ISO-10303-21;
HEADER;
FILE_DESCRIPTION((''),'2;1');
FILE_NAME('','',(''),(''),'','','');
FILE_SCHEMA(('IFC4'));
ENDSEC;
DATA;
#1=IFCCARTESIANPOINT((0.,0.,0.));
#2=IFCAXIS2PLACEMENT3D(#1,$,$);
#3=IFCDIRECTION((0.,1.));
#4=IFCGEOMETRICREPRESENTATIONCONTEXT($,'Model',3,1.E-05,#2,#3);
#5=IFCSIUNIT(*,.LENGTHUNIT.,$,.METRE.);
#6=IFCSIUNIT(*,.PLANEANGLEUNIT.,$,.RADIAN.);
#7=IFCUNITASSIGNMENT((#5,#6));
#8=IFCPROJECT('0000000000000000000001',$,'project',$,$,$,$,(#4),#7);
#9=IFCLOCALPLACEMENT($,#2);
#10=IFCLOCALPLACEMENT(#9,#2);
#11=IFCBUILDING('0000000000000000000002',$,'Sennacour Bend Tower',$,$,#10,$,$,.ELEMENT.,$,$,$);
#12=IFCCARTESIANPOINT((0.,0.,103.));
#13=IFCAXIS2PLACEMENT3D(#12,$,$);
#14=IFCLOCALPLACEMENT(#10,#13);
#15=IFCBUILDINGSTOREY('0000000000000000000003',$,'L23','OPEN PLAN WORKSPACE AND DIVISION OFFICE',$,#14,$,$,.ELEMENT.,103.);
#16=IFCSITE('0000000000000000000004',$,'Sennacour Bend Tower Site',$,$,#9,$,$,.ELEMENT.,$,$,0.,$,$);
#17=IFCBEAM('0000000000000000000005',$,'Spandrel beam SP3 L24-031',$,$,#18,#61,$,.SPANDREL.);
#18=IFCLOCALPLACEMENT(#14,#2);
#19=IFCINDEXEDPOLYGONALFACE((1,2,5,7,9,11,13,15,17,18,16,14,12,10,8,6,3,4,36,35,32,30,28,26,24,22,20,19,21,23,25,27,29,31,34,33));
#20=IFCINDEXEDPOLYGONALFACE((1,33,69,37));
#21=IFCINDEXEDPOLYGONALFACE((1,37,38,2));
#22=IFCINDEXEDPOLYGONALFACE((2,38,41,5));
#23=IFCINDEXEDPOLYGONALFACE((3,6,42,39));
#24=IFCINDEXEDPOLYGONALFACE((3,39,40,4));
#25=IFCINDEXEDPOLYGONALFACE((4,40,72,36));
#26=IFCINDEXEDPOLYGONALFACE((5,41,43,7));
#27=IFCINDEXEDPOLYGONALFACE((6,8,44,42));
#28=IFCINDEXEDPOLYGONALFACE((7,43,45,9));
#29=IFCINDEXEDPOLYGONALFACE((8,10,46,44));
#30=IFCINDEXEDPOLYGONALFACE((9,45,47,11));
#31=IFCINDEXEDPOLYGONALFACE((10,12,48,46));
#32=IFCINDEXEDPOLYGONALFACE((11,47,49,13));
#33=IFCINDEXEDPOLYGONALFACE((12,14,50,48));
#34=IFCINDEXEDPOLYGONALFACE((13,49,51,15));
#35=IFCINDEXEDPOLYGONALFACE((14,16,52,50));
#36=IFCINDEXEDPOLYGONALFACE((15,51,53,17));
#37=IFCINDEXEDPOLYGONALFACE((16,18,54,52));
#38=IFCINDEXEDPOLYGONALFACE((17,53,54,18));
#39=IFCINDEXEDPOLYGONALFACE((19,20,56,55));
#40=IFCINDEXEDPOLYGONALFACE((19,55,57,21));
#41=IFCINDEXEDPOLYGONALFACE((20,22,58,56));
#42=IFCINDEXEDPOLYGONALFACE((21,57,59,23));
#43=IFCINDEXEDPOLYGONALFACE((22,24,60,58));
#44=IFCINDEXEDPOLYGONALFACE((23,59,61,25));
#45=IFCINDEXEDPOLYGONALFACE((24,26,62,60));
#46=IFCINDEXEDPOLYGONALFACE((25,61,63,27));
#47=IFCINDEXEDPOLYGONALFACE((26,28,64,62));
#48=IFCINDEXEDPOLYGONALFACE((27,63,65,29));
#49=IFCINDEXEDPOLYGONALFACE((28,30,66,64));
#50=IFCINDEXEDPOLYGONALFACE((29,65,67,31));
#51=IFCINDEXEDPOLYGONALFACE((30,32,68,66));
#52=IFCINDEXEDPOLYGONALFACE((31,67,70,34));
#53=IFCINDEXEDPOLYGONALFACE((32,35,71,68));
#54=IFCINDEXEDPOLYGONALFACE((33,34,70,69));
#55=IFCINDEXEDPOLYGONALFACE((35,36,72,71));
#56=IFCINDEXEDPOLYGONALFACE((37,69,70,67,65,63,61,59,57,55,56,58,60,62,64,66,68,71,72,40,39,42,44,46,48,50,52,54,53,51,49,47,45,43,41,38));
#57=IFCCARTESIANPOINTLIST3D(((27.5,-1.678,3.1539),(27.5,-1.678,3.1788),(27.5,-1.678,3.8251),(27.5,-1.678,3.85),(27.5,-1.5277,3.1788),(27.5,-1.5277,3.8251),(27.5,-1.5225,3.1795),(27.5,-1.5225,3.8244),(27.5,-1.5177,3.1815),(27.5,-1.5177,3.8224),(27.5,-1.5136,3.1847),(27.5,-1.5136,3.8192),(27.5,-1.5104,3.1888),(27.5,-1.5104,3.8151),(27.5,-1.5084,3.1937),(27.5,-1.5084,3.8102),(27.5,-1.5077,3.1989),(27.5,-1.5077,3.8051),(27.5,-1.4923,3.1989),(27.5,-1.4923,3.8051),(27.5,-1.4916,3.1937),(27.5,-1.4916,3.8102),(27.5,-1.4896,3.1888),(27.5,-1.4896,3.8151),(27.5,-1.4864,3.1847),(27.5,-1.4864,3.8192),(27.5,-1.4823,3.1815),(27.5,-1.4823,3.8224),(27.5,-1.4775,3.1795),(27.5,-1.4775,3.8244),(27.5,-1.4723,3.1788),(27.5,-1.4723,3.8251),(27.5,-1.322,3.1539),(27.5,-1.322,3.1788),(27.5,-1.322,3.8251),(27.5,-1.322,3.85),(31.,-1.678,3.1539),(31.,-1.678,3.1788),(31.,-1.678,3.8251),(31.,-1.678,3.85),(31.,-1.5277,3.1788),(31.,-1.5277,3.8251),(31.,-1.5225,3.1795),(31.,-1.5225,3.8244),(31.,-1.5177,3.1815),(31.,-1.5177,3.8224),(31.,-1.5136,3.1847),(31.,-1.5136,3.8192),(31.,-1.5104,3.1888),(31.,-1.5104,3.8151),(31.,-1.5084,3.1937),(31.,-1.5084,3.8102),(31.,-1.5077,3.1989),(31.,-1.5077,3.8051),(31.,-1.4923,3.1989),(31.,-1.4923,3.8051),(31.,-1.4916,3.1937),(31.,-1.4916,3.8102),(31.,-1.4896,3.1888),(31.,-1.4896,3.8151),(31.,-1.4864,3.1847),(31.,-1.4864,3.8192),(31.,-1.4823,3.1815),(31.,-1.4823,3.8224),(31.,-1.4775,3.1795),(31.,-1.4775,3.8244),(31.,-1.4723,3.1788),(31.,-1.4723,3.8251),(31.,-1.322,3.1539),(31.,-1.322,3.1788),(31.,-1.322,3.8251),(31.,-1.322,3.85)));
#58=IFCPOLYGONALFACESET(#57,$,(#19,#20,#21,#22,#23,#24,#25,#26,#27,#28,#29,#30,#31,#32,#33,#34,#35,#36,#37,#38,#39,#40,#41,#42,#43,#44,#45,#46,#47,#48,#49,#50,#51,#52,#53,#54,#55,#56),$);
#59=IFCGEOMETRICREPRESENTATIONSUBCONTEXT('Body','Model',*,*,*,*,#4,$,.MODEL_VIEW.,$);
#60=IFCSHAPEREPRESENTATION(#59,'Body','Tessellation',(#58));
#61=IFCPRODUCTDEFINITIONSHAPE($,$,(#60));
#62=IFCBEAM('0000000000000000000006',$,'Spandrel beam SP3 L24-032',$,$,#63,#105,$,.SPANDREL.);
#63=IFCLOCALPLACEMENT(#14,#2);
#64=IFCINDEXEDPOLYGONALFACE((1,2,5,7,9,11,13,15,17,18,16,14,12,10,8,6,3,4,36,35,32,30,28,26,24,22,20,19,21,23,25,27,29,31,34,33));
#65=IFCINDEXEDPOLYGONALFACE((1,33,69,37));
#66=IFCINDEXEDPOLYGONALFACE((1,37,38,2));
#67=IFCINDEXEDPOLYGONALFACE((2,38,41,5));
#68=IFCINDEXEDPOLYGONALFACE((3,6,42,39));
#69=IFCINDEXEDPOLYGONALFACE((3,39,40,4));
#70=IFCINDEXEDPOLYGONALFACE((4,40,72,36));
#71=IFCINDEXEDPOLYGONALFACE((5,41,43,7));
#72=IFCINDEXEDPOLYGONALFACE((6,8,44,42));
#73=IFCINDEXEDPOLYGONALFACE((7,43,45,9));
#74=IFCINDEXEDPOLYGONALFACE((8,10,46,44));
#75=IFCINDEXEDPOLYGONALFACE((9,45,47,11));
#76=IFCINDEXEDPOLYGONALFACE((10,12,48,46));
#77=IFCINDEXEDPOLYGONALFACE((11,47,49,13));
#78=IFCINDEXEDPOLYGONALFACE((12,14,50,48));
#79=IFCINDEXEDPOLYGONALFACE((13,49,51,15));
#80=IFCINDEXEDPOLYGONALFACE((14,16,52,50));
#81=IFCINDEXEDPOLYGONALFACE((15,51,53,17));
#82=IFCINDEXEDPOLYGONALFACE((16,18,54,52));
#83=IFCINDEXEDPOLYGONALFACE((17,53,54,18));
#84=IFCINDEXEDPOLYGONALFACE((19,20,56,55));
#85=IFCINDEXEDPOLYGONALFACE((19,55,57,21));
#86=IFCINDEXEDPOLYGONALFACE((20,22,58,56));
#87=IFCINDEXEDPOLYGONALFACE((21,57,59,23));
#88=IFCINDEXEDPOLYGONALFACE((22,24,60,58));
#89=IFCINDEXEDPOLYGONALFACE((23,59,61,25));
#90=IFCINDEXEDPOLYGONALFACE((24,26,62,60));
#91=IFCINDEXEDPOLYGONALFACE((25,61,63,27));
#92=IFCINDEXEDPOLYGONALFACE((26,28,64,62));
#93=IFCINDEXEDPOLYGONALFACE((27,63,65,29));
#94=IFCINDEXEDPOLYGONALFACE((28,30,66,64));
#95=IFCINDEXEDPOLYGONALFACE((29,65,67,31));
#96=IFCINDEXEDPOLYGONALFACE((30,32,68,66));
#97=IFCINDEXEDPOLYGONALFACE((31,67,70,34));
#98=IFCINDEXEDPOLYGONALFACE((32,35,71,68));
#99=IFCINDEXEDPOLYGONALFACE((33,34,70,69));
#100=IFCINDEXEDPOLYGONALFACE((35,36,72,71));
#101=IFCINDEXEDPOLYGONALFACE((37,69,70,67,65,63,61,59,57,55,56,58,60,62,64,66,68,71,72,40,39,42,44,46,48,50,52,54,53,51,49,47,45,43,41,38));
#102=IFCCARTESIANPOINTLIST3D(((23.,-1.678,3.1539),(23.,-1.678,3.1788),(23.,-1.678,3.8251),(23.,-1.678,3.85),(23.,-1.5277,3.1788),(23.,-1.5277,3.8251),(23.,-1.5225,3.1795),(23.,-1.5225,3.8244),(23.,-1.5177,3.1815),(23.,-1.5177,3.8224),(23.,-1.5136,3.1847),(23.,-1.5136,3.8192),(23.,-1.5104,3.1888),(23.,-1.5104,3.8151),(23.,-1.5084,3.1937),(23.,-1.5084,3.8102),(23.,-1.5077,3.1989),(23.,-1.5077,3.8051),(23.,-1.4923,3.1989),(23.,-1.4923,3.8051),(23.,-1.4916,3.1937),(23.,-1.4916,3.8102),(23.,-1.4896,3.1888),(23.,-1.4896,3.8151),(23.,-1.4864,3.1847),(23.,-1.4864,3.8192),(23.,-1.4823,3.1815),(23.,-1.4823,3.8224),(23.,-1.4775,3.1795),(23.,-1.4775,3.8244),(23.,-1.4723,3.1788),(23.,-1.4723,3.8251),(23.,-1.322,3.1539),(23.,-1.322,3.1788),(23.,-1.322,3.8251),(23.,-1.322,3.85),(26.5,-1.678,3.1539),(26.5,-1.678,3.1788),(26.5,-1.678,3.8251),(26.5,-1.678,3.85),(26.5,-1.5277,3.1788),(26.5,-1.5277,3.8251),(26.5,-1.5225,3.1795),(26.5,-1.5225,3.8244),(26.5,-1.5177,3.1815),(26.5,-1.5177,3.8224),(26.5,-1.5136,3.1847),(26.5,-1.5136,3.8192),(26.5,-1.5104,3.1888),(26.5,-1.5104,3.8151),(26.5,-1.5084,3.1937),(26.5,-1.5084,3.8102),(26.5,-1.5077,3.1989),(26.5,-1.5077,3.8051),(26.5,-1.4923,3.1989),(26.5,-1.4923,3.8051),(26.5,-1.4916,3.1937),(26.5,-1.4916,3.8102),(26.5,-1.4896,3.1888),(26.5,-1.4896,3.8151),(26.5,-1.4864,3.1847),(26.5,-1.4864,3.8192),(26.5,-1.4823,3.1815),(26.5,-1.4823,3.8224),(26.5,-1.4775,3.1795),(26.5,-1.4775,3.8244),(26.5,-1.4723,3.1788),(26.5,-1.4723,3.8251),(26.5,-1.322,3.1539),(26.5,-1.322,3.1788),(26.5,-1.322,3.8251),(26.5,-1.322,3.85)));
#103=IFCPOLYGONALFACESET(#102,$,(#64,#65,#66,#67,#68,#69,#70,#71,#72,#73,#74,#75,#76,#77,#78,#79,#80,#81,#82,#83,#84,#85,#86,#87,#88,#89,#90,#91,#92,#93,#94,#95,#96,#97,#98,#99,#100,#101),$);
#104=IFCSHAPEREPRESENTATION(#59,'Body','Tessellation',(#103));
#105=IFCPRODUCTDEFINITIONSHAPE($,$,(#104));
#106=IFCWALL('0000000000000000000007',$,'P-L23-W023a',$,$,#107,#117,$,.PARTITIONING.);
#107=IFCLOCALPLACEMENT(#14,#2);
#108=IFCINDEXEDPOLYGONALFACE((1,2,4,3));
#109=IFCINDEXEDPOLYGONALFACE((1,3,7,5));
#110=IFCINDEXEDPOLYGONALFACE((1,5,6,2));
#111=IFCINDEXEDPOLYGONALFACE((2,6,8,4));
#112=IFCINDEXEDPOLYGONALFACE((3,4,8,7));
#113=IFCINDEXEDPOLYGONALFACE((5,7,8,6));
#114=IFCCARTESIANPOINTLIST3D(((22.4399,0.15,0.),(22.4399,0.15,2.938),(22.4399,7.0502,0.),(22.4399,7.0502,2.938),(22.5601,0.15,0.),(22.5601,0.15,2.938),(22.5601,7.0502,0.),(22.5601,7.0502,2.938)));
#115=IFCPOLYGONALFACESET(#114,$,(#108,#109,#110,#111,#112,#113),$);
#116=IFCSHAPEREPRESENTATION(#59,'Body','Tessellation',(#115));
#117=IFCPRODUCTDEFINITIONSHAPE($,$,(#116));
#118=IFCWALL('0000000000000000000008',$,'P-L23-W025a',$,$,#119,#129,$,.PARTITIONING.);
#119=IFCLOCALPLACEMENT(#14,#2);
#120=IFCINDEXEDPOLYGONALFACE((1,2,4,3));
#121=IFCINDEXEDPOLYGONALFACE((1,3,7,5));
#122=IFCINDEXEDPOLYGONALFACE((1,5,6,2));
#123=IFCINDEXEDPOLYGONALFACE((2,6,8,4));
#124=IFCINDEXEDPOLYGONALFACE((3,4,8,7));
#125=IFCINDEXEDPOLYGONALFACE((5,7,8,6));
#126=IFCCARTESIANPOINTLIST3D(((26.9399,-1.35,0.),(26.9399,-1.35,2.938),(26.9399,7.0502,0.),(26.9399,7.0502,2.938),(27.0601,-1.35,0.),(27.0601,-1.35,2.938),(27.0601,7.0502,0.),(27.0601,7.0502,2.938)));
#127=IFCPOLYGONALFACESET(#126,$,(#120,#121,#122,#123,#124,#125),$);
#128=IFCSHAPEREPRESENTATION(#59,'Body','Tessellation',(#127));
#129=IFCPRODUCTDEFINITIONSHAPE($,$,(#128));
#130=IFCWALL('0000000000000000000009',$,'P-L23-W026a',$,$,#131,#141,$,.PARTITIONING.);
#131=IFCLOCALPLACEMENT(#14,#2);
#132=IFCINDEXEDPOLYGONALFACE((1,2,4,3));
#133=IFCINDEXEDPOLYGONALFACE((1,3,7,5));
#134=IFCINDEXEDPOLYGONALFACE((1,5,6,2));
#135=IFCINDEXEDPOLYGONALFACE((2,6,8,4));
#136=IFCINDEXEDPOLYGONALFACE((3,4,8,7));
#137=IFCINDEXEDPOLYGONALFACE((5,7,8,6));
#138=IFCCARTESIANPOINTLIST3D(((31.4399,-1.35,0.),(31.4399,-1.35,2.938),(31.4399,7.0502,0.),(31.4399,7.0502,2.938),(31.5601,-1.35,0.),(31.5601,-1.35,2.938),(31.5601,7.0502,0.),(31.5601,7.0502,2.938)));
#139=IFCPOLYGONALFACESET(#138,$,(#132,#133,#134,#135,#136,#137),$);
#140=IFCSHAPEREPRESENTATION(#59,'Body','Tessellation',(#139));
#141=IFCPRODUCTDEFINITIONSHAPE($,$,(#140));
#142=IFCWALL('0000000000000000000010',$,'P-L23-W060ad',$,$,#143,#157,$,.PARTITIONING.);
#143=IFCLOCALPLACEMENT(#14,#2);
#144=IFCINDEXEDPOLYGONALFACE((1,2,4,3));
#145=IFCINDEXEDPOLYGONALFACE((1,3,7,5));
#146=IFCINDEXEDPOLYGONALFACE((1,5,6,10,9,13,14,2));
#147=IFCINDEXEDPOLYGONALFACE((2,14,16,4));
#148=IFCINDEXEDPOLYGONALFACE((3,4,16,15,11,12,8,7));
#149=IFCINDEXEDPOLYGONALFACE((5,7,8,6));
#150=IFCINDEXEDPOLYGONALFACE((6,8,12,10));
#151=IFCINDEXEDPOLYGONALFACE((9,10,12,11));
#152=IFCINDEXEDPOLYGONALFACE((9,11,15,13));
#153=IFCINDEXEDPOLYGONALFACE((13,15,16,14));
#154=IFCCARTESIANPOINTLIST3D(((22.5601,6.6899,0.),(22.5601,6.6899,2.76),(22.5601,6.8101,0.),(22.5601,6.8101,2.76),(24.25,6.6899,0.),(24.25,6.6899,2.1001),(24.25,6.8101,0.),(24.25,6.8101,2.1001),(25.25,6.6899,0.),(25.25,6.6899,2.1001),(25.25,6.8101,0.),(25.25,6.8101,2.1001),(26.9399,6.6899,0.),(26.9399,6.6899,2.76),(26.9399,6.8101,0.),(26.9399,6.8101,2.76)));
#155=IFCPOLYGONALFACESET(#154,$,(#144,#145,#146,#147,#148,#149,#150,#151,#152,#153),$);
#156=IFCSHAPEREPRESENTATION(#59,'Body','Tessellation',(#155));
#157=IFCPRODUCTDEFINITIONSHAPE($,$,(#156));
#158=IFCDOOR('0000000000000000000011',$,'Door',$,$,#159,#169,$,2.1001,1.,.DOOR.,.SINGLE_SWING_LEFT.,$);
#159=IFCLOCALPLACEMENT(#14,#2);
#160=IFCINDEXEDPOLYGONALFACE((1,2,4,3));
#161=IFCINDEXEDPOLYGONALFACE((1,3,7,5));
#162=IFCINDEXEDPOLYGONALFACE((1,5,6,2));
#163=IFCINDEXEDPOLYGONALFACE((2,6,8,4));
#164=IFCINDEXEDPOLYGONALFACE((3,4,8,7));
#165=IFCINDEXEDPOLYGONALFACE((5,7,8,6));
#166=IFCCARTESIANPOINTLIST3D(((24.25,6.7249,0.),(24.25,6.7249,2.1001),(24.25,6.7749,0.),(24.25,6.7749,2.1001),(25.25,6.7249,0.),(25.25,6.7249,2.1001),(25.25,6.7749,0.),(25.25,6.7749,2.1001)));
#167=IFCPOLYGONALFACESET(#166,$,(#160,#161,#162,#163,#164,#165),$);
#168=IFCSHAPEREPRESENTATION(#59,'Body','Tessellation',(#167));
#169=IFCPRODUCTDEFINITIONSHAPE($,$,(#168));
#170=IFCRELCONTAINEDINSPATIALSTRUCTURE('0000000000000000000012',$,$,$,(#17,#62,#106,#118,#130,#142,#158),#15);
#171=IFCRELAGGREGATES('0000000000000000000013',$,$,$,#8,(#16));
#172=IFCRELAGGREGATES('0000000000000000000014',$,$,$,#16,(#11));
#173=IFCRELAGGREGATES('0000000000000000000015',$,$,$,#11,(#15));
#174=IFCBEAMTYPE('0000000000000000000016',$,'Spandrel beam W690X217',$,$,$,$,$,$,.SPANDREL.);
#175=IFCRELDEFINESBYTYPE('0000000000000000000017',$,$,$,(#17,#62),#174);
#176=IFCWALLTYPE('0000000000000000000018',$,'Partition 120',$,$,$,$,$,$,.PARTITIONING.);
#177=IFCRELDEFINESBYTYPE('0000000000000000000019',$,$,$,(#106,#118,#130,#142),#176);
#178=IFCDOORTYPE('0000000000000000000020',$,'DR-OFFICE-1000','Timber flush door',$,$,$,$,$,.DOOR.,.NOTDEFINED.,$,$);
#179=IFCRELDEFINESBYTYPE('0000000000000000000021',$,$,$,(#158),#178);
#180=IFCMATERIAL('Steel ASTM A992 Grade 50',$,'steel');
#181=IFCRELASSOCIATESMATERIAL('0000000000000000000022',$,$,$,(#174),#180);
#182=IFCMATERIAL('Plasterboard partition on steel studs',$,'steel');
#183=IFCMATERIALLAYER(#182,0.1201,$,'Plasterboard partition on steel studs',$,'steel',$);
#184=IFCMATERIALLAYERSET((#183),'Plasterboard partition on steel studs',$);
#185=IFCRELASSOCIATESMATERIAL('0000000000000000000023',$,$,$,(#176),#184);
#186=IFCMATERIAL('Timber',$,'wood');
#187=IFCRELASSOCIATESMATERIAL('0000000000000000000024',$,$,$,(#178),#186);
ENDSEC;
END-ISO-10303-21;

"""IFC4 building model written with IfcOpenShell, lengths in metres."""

from ifc_helpers import new_model, si_unit, direction, frame, frame_2d, origin, origin_2d, place, context, subcontext, project, spatial, rectangle, i_section, extrude, material, layer, layer_set, material_profile, profile_set, type_object, element, fill, save


model = new_model("IFC4")

# Units and contexts
model_context = context("Model", 3, precision=1e-05, world=origin(), true_north=direction((0.0, 1.0)))
body_context = subcontext(model_context, "Body", "Model", "MODEL_VIEW")
ifc_project = project(units=[si_unit("LENGTHUNIT", "METRE"), si_unit("PLANEANGLEUNIT", "RADIAN")], contexts=[model_context])

# Site, building, storey
site_placement = place(None, origin())
site = spatial("IfcSite", under=ifc_project, at=site_placement, Name="Sennacour Bend Tower Site", CompositionType="ELEMENT", RefElevation=0.0)
building_placement = place(site_placement, origin())
building = spatial("IfcBuilding", under=site, at=building_placement, Name="Sennacour Bend Tower", CompositionType="ELEMENT")
storey_placement = place(building_placement, frame((0.0, 0.0, 103.0)))
storey = spatial("IfcBuildingStorey", under=building, at=storey_placement, Name="L23", Description="OPEN PLAN WORKSPACE AND DIVISION OFFICE", CompositionType="ELEMENT", Elevation=103.0)

# Beams
ifc_material_1 = material(Name="Steel ASTM A992 Grade 50", Category="steel")
ifc_material_profile_1 = material_profile(ifc_material_1, i_section(OverallWidth=0.356, OverallDepth=0.696, WebThickness=0.0154, FlangeThickness=0.0249, FilletRadius=0.02, at=origin_2d()), Name="Steel ASTM A992 Grade 50", Category="steel")
ifc_profile_set_1 = profile_set([ifc_material_profile_1], Name="Steel ASTM A992 Grade 50")
beam_type_1 = type_object("IfcBeamType", Name="Spandrel beam W690X217", PredefinedType="SPANDREL", material=ifc_profile_set_1)
for number, where, z_axis, x_axis, name in (
    (1, (31.0, -1.5, 3.502), (-1.0, 0.0, 0.0), (0.0, -1.0, 0.0), "Spandrel beam SP3 L24-031"),
    (2, (26.5, -1.5, 3.502), (-1.0, 0.0, 0.0), (0.0, -1.0, 0.0), "Spandrel beam SP3 L24-032"),
):
    element("IfcBeam", number, at=place(storey_placement, frame(where, z_axis=z_axis, x_axis=x_axis)), inside=storey, type_object=beam_type_1, Name=name, PredefinedType="SPANDREL", context=body_context, shape_type="SweptSolid", body=[
        extrude(i_section(OverallWidth=0.356, OverallDepth=0.696, WebThickness=0.0154, FlangeThickness=0.0249, FilletRadius=0.02, at=origin_2d()), origin(), (0.0, 0.0, 1.0), 3.5),
    ])

# Walls
ifc_material_2 = material(Name="Plasterboard partition on steel studs", Category="steel")
ifc_layer_1 = layer(ifc_material_2, 0.1201, Name="Plasterboard partition on steel studs", Category="steel")
ifc_layer_set_1 = layer_set([ifc_layer_1], Name="Plasterboard partition on steel studs")
wall_type_1 = type_object("IfcWallType", Name="Partition 120", PredefinedType="PARTITIONING", material=ifc_layer_set_1)
wall_1_placement = place(storey_placement, frame((22.5, 0.1499, 0.0), z_axis=(0.0, 0.0, 1.0), x_axis=(0.0, 1.0, 0.0)))
element("IfcWall", 3, at=wall_1_placement, inside=storey, type_object=wall_type_1, Name="P-L23-W023a", PredefinedType="PARTITIONING", context=body_context, shape_type="SweptSolid", body=[
    extrude(rectangle(XDim=6.9001, YDim=0.1201, at=frame_2d((3.4502, 0.0))), origin(), (0.0, 0.0, 1.0), 2.938),
])
for number, where, z_axis, x_axis, name in (
    (4, (27.0, -1.3501, 0.0), (0.0, 0.0, 1.0), (0.0, 1.0, 0.0), "P-L23-W025a"),
    (5, (31.5, -1.3501, 0.0), (0.0, 0.0, 1.0), (0.0, 1.0, 0.0), "P-L23-W026a"),
):
    element("IfcWall", number, at=place(storey_placement, frame(where, z_axis=z_axis, x_axis=x_axis)), inside=storey, type_object=wall_type_1, Name=name, PredefinedType="PARTITIONING", context=body_context, shape_type="SweptSolid", body=[
        extrude(rectangle(XDim=8.4001, YDim=0.1201, at=frame_2d((4.2002, 0.0))), origin(), (0.0, 0.0, 1.0), 2.938),
    ])

# Wall, opening, door
wall_2_placement = place(storey_placement, frame((22.5601, 6.75, 0.0), z_axis=(0.0, 0.0, 1.0), x_axis=(1.0, 0.0, 0.0)))
wall_2 = element("IfcWall", 6, at=wall_2_placement, inside=storey, type_object=wall_type_1, Name="P-L23-W060ad", PredefinedType="PARTITIONING", context=body_context, shape_type="SweptSolid", body=[
    extrude(rectangle(XDim=4.3799, YDim=0.1201, at=frame_2d((2.1899, 0.0))), origin(), (0.0, 0.0, 1.0), 2.76),
])
opening_1_placement = place(wall_2_placement, frame((1.6899, 0.0, 0.0)))
opening_1 = element("IfcOpeningElement", 7, at=opening_1_placement, cuts=wall_2, PredefinedType="OPENING", context=body_context, shape_type="SweptSolid", body=[
    extrude(rectangle(XDim=1.0, YDim=2.1001, at=frame_2d((0.5, 1.05))), frame((0.0, 0.0701, 0.0), z_axis=(0.0, -1.0, 0.0), x_axis=(1.0, 0.0, 0.0)), (0.0, 0.0, 1.0), 0.1401),
])
ifc_material_3 = material(Name="Timber", Category="wood")
door_type_1 = type_object("IfcDoorType", Name="DR-OFFICE-1000", Description="Timber flush door", OperationType="NOTDEFINED", PredefinedType="DOOR", material=ifc_material_3)
door_1_placement = place(opening_1_placement, origin())
door_1 = element("IfcDoor", 8, at=door_1_placement, inside=storey, type_object=door_type_1, Name="Door", OperationType="SINGLE_SWING_LEFT", OverallHeight=2.1001, OverallWidth=1.0, PredefinedType="DOOR", context=body_context, shape_type="SweptSolid", body=[
    extrude(rectangle(XDim=1.0, YDim=2.1001, at=frame_2d((0.5, 1.05))), frame((0.0, 0.0249, 0.0), z_axis=(0.0, -1.0, 0.0), x_axis=(1.0, 0.0, 0.0)), (0.0, 0.0, 1.0), 0.05),
])
fill(opening_1, door_1)

save(model, "model.ifc")
